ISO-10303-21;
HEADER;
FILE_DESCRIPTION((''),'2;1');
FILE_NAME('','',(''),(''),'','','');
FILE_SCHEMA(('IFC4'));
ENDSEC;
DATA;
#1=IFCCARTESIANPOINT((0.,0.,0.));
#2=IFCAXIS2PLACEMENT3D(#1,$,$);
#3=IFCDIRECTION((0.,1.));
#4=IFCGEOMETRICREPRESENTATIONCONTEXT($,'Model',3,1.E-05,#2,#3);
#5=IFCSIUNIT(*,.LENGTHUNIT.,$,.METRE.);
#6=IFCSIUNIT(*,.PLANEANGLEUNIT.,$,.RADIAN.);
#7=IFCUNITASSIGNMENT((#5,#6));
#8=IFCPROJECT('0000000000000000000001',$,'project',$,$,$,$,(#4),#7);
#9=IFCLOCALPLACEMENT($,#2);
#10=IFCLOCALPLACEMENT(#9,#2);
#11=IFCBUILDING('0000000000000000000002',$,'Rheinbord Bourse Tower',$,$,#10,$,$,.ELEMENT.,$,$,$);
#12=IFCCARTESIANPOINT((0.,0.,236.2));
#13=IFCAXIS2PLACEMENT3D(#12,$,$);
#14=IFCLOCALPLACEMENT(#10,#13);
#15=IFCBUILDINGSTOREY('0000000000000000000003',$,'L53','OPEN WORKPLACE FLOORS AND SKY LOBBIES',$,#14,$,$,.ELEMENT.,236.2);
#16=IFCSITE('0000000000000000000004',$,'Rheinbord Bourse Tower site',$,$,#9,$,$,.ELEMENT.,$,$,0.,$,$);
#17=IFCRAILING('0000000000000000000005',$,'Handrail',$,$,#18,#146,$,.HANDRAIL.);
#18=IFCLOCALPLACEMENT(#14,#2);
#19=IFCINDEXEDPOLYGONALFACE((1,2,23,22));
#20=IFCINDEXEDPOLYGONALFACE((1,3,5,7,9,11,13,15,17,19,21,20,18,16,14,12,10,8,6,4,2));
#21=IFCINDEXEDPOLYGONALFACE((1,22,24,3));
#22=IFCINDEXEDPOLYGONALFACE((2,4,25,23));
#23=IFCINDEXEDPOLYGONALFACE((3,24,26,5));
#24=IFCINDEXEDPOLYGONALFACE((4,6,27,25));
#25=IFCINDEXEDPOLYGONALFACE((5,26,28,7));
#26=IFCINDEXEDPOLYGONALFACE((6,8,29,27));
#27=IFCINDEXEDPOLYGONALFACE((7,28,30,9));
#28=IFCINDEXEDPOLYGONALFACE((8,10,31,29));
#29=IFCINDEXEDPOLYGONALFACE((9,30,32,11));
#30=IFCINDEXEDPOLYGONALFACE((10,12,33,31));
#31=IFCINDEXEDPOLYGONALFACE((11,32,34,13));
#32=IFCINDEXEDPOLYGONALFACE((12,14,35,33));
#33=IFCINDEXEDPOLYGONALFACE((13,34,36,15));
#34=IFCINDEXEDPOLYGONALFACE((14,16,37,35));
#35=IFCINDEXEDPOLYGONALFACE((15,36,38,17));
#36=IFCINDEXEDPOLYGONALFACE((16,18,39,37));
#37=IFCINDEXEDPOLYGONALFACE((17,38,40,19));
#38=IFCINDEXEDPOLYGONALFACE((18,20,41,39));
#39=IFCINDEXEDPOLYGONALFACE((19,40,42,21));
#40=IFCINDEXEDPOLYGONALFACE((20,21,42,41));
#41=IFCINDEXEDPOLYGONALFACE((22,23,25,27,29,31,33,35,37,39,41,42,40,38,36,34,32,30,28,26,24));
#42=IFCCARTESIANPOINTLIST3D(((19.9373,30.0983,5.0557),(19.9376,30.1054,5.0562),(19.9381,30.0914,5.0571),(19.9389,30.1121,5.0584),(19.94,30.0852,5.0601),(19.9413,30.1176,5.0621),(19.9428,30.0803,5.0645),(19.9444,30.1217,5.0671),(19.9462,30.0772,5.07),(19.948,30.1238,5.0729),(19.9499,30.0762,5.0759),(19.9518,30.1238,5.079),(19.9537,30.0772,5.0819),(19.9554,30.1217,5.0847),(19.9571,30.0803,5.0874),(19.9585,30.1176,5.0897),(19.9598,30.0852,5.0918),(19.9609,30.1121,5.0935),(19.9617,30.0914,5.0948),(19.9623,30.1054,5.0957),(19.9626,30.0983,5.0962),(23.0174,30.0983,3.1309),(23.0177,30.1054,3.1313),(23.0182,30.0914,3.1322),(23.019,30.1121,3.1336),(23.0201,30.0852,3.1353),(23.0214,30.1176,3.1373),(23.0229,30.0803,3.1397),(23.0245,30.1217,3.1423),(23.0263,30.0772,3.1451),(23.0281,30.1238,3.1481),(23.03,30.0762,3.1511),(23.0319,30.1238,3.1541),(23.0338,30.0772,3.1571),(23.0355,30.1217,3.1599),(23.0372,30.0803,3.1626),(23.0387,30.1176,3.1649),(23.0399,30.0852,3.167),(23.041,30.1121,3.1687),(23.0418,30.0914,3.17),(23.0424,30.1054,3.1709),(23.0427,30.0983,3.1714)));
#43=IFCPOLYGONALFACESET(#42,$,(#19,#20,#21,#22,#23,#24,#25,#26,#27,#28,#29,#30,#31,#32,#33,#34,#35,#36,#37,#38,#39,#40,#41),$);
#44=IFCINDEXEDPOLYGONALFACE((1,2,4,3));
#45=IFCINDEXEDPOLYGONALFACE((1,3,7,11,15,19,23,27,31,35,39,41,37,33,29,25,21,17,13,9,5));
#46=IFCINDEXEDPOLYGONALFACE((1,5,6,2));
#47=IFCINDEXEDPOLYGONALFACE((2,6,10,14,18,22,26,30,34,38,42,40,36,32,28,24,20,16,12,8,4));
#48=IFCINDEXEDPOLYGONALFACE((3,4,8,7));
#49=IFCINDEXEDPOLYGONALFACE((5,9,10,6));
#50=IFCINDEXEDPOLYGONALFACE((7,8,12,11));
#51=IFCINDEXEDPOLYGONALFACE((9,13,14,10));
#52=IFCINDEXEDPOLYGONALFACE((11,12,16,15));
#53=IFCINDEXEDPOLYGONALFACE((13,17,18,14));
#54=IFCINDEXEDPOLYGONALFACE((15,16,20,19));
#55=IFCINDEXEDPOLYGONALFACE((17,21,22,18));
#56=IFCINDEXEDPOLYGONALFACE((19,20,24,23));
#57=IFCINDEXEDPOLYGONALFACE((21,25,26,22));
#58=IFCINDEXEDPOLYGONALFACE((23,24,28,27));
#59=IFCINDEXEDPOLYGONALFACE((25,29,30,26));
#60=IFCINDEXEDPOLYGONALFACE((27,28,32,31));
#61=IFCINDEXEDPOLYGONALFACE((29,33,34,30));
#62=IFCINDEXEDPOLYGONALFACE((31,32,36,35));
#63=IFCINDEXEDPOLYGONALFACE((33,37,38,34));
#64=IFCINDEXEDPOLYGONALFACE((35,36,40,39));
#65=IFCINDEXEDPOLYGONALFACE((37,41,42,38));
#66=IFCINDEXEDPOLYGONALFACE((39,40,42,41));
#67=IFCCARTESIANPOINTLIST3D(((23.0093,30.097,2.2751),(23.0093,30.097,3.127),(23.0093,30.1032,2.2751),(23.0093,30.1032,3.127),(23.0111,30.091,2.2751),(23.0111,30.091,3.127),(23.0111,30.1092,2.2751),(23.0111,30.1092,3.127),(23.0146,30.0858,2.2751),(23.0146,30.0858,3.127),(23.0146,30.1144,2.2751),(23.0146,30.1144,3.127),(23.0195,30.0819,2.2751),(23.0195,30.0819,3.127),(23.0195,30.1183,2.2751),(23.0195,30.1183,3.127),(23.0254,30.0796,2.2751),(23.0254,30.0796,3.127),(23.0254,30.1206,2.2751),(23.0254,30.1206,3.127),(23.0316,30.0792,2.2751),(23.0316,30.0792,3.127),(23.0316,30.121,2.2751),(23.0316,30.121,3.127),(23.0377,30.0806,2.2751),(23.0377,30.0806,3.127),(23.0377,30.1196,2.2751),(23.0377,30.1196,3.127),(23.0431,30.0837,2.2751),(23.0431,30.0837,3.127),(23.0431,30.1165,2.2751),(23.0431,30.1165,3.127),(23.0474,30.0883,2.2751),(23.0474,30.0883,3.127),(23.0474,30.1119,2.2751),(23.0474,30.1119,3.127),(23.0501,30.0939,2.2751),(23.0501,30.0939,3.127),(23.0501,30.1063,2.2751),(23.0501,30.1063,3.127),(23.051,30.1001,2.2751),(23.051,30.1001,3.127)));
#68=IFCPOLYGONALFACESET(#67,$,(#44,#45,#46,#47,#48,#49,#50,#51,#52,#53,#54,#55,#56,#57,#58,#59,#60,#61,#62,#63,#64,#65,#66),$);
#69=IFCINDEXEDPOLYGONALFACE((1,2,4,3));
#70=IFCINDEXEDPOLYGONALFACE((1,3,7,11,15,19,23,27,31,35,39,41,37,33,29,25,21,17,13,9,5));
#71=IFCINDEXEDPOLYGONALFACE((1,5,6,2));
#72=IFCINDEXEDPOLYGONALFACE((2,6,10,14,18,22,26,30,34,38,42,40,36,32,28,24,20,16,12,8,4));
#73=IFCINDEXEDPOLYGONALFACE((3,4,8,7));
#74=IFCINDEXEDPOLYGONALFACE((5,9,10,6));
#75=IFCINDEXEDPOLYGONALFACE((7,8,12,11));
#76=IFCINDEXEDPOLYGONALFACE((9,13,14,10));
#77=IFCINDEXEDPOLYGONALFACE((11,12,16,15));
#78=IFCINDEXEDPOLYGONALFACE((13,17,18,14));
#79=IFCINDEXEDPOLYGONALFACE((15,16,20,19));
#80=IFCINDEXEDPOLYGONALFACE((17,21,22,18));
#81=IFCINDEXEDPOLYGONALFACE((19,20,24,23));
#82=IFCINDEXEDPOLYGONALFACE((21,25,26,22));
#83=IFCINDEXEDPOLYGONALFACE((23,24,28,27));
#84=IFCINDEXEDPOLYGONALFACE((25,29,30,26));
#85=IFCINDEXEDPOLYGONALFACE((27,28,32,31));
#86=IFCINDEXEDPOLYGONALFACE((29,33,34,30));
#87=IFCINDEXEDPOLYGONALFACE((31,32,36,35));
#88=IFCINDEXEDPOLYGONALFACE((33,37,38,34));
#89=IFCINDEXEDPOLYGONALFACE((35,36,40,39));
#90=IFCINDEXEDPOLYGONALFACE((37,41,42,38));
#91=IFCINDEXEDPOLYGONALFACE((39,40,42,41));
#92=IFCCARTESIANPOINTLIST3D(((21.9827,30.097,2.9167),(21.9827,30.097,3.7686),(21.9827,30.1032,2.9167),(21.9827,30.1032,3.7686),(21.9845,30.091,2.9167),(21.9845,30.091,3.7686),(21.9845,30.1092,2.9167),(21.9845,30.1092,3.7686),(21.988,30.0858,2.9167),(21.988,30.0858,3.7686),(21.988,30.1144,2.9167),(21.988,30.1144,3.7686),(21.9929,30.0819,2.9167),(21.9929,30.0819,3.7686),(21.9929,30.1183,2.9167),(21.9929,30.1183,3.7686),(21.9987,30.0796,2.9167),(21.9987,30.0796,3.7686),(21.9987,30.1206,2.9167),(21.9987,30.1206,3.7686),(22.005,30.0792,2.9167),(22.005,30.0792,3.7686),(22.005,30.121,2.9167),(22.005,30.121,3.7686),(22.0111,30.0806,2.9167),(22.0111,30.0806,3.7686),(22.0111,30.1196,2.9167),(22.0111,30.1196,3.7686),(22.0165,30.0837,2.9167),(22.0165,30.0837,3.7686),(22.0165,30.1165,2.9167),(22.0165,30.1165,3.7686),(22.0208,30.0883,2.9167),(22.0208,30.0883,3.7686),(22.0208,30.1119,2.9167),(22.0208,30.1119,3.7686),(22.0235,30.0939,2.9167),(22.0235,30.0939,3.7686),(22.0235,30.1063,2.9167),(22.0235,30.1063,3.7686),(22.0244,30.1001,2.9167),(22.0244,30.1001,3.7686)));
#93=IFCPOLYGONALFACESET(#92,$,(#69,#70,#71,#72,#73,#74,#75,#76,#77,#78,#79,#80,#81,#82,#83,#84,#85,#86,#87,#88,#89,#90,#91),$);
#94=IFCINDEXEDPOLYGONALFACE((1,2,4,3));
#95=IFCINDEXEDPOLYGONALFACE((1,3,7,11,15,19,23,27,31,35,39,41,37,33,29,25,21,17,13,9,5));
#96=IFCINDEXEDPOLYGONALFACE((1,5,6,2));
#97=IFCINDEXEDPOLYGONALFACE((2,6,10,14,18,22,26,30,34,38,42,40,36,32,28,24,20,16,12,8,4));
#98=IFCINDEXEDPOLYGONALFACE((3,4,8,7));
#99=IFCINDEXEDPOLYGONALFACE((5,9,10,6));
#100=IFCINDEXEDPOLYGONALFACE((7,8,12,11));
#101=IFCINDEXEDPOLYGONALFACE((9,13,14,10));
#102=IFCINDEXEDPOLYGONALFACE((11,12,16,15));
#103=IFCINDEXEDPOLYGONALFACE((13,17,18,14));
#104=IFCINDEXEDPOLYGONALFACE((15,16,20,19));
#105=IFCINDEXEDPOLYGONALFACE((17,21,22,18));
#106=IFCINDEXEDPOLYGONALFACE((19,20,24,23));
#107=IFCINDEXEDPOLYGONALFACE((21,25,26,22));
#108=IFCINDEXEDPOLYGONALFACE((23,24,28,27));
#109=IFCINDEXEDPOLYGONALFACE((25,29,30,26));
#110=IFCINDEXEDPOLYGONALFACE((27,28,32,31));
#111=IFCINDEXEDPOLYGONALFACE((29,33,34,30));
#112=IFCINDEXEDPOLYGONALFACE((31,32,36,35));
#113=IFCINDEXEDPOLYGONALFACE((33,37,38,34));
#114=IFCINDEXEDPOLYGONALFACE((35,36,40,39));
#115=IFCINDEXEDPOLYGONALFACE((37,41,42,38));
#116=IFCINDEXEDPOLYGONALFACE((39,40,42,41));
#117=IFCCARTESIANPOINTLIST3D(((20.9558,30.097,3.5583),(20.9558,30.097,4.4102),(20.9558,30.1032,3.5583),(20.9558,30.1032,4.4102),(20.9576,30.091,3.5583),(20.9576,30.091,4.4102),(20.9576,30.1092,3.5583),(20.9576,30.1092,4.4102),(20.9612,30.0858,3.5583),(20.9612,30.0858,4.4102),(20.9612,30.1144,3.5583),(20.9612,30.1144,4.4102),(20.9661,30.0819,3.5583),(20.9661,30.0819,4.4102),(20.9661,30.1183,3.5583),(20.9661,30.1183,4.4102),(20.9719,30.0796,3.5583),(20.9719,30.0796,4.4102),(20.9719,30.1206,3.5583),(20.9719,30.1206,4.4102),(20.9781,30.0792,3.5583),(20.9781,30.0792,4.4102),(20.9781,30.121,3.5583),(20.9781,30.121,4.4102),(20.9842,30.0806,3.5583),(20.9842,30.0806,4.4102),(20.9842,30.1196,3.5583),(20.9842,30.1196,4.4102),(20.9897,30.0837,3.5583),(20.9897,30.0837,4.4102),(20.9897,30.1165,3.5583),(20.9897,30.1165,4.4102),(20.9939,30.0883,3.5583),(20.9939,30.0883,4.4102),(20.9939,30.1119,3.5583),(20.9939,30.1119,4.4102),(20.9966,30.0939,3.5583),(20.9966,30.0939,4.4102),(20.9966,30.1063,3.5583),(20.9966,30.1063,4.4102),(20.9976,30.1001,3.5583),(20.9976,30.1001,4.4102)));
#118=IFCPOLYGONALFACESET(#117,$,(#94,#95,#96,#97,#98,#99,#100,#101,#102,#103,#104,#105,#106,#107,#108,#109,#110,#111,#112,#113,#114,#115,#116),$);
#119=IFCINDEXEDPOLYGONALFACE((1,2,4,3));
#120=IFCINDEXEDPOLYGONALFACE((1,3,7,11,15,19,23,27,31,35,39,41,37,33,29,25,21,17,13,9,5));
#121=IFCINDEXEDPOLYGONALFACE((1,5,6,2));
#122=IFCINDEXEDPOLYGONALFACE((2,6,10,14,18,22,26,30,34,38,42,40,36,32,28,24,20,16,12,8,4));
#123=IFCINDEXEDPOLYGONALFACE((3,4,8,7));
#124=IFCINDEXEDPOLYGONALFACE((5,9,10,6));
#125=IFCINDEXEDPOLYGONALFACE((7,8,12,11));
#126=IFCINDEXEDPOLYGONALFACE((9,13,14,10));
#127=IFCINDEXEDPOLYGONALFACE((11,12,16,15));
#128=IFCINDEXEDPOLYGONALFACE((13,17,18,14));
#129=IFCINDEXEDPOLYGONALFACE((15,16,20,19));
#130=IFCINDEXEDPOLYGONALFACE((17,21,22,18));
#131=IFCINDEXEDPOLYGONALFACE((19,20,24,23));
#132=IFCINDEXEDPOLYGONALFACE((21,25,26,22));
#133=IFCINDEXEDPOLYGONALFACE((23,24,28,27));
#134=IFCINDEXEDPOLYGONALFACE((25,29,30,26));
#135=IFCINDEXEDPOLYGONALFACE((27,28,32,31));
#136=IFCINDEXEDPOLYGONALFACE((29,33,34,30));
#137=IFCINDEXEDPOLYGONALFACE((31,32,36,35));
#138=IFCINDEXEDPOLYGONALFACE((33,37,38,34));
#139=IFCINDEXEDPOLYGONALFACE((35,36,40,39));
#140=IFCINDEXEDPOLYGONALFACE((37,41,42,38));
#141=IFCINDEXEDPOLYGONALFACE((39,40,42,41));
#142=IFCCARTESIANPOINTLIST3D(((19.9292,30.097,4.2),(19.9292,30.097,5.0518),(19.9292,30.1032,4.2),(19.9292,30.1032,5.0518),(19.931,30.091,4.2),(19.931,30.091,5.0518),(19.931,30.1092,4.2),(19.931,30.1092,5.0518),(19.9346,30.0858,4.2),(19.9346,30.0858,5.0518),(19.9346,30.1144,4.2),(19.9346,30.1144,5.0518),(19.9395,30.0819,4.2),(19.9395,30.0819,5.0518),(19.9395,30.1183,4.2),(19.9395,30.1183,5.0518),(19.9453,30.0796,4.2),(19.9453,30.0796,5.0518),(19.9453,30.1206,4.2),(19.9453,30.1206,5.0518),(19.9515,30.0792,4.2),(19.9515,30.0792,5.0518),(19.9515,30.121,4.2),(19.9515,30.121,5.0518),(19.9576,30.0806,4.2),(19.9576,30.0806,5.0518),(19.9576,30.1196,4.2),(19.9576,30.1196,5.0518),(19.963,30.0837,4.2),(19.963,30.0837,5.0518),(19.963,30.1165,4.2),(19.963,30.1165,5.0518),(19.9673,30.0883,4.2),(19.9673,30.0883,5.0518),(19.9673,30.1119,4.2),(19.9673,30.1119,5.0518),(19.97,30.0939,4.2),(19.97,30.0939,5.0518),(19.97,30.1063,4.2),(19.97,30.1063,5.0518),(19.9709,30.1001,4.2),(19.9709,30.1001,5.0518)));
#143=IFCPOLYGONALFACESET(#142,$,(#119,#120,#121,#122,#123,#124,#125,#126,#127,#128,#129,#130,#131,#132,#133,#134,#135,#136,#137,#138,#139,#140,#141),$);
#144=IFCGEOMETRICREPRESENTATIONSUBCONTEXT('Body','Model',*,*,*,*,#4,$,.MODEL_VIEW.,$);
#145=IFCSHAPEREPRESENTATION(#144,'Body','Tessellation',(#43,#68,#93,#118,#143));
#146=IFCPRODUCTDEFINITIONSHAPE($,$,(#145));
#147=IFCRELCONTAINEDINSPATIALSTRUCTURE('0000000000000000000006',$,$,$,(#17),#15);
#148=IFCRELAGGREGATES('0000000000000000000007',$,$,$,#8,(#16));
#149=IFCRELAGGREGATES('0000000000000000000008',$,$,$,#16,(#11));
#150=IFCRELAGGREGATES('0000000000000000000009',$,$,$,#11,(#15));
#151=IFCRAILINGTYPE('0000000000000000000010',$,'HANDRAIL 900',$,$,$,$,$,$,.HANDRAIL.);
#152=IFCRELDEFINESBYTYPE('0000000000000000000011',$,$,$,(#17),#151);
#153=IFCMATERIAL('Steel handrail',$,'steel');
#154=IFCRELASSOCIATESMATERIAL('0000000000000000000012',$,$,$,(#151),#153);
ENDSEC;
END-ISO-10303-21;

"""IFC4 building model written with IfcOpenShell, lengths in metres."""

from ifc_helpers import new_model, si_unit, direction, frame, origin, origin_2d, place, context, subcontext, project, spatial, circle, extrude, material, type_object, element, save


model = new_model("IFC4")

# Units and contexts
model_context = context("Model", 3, precision=1e-05, world=origin(), true_north=direction((0.0, 1.0)))
body_context = subcontext(model_context, "Body", "Model", "MODEL_VIEW")
ifc_project = project(units=[si_unit("LENGTHUNIT", "METRE"), si_unit("PLANEANGLEUNIT", "RADIAN")], contexts=[model_context])

# Site, building, storey
site_placement = place(None, origin())
site = spatial("IfcSite", under=ifc_project, at=site_placement, Name="Rheinbord Bourse Tower site", CompositionType="ELEMENT", RefElevation=0.0)
building_placement = place(site_placement, origin())
building = spatial("IfcBuilding", under=site, at=building_placement, Name="Rheinbord Bourse Tower", CompositionType="ELEMENT")
storey_placement = place(building_placement, frame((0.0, 0.0, 236.2)))
storey = spatial("IfcBuildingStorey", under=building, at=storey_placement, Name="L53", Description="OPEN WORKPLACE FLOORS AND SKY LOBBIES", CompositionType="ELEMENT", Elevation=236.2)

# Railing
ifc_material_1 = material(Name="Steel handrail", Category="steel")
railing_type = type_object("IfcRailingType", Name="HANDRAIL 900", PredefinedType="HANDRAIL", material=ifc_material_1)
railing_1_placement = place(storey_placement, frame((23.03, 30.1001, 2.2751)))
element("IfcRailing", 1, at=railing_1_placement, inside=storey, type_object=railing_type, Name="Handrail", PredefinedType="HANDRAIL", context=body_context, shape_type="SweptSolid", body=[
    extrude(circle(Radius=0.0239, at=origin_2d()), frame((0.0, 0.0, 0.876), z_axis=(-0.848029, 0.0, 0.529951), x_axis=(0.0, -1.0, 0.0)), (0.0, 0.0, 1.0), 3.6321),
    extrude(circle(Radius=0.021, at=origin_2d()), origin(), (0.0, 0.0, 1.0), 0.8518),
    extrude(circle(Radius=0.021, at=origin_2d()), frame((-1.0266, 0.0, 0.6416)), (0.0, 0.0, 1.0), 0.8518),
    extrude(circle(Radius=0.021, at=origin_2d()), frame((-2.0535, 0.0, 1.2832)), (0.0, 0.0, 1.0), 0.8518),
    extrude(circle(Radius=0.021, at=origin_2d()), frame((-3.0801, 0.0, 1.9248)), (0.0, 0.0, 1.0), 0.8518),
])

save(model, "model.ifc")
